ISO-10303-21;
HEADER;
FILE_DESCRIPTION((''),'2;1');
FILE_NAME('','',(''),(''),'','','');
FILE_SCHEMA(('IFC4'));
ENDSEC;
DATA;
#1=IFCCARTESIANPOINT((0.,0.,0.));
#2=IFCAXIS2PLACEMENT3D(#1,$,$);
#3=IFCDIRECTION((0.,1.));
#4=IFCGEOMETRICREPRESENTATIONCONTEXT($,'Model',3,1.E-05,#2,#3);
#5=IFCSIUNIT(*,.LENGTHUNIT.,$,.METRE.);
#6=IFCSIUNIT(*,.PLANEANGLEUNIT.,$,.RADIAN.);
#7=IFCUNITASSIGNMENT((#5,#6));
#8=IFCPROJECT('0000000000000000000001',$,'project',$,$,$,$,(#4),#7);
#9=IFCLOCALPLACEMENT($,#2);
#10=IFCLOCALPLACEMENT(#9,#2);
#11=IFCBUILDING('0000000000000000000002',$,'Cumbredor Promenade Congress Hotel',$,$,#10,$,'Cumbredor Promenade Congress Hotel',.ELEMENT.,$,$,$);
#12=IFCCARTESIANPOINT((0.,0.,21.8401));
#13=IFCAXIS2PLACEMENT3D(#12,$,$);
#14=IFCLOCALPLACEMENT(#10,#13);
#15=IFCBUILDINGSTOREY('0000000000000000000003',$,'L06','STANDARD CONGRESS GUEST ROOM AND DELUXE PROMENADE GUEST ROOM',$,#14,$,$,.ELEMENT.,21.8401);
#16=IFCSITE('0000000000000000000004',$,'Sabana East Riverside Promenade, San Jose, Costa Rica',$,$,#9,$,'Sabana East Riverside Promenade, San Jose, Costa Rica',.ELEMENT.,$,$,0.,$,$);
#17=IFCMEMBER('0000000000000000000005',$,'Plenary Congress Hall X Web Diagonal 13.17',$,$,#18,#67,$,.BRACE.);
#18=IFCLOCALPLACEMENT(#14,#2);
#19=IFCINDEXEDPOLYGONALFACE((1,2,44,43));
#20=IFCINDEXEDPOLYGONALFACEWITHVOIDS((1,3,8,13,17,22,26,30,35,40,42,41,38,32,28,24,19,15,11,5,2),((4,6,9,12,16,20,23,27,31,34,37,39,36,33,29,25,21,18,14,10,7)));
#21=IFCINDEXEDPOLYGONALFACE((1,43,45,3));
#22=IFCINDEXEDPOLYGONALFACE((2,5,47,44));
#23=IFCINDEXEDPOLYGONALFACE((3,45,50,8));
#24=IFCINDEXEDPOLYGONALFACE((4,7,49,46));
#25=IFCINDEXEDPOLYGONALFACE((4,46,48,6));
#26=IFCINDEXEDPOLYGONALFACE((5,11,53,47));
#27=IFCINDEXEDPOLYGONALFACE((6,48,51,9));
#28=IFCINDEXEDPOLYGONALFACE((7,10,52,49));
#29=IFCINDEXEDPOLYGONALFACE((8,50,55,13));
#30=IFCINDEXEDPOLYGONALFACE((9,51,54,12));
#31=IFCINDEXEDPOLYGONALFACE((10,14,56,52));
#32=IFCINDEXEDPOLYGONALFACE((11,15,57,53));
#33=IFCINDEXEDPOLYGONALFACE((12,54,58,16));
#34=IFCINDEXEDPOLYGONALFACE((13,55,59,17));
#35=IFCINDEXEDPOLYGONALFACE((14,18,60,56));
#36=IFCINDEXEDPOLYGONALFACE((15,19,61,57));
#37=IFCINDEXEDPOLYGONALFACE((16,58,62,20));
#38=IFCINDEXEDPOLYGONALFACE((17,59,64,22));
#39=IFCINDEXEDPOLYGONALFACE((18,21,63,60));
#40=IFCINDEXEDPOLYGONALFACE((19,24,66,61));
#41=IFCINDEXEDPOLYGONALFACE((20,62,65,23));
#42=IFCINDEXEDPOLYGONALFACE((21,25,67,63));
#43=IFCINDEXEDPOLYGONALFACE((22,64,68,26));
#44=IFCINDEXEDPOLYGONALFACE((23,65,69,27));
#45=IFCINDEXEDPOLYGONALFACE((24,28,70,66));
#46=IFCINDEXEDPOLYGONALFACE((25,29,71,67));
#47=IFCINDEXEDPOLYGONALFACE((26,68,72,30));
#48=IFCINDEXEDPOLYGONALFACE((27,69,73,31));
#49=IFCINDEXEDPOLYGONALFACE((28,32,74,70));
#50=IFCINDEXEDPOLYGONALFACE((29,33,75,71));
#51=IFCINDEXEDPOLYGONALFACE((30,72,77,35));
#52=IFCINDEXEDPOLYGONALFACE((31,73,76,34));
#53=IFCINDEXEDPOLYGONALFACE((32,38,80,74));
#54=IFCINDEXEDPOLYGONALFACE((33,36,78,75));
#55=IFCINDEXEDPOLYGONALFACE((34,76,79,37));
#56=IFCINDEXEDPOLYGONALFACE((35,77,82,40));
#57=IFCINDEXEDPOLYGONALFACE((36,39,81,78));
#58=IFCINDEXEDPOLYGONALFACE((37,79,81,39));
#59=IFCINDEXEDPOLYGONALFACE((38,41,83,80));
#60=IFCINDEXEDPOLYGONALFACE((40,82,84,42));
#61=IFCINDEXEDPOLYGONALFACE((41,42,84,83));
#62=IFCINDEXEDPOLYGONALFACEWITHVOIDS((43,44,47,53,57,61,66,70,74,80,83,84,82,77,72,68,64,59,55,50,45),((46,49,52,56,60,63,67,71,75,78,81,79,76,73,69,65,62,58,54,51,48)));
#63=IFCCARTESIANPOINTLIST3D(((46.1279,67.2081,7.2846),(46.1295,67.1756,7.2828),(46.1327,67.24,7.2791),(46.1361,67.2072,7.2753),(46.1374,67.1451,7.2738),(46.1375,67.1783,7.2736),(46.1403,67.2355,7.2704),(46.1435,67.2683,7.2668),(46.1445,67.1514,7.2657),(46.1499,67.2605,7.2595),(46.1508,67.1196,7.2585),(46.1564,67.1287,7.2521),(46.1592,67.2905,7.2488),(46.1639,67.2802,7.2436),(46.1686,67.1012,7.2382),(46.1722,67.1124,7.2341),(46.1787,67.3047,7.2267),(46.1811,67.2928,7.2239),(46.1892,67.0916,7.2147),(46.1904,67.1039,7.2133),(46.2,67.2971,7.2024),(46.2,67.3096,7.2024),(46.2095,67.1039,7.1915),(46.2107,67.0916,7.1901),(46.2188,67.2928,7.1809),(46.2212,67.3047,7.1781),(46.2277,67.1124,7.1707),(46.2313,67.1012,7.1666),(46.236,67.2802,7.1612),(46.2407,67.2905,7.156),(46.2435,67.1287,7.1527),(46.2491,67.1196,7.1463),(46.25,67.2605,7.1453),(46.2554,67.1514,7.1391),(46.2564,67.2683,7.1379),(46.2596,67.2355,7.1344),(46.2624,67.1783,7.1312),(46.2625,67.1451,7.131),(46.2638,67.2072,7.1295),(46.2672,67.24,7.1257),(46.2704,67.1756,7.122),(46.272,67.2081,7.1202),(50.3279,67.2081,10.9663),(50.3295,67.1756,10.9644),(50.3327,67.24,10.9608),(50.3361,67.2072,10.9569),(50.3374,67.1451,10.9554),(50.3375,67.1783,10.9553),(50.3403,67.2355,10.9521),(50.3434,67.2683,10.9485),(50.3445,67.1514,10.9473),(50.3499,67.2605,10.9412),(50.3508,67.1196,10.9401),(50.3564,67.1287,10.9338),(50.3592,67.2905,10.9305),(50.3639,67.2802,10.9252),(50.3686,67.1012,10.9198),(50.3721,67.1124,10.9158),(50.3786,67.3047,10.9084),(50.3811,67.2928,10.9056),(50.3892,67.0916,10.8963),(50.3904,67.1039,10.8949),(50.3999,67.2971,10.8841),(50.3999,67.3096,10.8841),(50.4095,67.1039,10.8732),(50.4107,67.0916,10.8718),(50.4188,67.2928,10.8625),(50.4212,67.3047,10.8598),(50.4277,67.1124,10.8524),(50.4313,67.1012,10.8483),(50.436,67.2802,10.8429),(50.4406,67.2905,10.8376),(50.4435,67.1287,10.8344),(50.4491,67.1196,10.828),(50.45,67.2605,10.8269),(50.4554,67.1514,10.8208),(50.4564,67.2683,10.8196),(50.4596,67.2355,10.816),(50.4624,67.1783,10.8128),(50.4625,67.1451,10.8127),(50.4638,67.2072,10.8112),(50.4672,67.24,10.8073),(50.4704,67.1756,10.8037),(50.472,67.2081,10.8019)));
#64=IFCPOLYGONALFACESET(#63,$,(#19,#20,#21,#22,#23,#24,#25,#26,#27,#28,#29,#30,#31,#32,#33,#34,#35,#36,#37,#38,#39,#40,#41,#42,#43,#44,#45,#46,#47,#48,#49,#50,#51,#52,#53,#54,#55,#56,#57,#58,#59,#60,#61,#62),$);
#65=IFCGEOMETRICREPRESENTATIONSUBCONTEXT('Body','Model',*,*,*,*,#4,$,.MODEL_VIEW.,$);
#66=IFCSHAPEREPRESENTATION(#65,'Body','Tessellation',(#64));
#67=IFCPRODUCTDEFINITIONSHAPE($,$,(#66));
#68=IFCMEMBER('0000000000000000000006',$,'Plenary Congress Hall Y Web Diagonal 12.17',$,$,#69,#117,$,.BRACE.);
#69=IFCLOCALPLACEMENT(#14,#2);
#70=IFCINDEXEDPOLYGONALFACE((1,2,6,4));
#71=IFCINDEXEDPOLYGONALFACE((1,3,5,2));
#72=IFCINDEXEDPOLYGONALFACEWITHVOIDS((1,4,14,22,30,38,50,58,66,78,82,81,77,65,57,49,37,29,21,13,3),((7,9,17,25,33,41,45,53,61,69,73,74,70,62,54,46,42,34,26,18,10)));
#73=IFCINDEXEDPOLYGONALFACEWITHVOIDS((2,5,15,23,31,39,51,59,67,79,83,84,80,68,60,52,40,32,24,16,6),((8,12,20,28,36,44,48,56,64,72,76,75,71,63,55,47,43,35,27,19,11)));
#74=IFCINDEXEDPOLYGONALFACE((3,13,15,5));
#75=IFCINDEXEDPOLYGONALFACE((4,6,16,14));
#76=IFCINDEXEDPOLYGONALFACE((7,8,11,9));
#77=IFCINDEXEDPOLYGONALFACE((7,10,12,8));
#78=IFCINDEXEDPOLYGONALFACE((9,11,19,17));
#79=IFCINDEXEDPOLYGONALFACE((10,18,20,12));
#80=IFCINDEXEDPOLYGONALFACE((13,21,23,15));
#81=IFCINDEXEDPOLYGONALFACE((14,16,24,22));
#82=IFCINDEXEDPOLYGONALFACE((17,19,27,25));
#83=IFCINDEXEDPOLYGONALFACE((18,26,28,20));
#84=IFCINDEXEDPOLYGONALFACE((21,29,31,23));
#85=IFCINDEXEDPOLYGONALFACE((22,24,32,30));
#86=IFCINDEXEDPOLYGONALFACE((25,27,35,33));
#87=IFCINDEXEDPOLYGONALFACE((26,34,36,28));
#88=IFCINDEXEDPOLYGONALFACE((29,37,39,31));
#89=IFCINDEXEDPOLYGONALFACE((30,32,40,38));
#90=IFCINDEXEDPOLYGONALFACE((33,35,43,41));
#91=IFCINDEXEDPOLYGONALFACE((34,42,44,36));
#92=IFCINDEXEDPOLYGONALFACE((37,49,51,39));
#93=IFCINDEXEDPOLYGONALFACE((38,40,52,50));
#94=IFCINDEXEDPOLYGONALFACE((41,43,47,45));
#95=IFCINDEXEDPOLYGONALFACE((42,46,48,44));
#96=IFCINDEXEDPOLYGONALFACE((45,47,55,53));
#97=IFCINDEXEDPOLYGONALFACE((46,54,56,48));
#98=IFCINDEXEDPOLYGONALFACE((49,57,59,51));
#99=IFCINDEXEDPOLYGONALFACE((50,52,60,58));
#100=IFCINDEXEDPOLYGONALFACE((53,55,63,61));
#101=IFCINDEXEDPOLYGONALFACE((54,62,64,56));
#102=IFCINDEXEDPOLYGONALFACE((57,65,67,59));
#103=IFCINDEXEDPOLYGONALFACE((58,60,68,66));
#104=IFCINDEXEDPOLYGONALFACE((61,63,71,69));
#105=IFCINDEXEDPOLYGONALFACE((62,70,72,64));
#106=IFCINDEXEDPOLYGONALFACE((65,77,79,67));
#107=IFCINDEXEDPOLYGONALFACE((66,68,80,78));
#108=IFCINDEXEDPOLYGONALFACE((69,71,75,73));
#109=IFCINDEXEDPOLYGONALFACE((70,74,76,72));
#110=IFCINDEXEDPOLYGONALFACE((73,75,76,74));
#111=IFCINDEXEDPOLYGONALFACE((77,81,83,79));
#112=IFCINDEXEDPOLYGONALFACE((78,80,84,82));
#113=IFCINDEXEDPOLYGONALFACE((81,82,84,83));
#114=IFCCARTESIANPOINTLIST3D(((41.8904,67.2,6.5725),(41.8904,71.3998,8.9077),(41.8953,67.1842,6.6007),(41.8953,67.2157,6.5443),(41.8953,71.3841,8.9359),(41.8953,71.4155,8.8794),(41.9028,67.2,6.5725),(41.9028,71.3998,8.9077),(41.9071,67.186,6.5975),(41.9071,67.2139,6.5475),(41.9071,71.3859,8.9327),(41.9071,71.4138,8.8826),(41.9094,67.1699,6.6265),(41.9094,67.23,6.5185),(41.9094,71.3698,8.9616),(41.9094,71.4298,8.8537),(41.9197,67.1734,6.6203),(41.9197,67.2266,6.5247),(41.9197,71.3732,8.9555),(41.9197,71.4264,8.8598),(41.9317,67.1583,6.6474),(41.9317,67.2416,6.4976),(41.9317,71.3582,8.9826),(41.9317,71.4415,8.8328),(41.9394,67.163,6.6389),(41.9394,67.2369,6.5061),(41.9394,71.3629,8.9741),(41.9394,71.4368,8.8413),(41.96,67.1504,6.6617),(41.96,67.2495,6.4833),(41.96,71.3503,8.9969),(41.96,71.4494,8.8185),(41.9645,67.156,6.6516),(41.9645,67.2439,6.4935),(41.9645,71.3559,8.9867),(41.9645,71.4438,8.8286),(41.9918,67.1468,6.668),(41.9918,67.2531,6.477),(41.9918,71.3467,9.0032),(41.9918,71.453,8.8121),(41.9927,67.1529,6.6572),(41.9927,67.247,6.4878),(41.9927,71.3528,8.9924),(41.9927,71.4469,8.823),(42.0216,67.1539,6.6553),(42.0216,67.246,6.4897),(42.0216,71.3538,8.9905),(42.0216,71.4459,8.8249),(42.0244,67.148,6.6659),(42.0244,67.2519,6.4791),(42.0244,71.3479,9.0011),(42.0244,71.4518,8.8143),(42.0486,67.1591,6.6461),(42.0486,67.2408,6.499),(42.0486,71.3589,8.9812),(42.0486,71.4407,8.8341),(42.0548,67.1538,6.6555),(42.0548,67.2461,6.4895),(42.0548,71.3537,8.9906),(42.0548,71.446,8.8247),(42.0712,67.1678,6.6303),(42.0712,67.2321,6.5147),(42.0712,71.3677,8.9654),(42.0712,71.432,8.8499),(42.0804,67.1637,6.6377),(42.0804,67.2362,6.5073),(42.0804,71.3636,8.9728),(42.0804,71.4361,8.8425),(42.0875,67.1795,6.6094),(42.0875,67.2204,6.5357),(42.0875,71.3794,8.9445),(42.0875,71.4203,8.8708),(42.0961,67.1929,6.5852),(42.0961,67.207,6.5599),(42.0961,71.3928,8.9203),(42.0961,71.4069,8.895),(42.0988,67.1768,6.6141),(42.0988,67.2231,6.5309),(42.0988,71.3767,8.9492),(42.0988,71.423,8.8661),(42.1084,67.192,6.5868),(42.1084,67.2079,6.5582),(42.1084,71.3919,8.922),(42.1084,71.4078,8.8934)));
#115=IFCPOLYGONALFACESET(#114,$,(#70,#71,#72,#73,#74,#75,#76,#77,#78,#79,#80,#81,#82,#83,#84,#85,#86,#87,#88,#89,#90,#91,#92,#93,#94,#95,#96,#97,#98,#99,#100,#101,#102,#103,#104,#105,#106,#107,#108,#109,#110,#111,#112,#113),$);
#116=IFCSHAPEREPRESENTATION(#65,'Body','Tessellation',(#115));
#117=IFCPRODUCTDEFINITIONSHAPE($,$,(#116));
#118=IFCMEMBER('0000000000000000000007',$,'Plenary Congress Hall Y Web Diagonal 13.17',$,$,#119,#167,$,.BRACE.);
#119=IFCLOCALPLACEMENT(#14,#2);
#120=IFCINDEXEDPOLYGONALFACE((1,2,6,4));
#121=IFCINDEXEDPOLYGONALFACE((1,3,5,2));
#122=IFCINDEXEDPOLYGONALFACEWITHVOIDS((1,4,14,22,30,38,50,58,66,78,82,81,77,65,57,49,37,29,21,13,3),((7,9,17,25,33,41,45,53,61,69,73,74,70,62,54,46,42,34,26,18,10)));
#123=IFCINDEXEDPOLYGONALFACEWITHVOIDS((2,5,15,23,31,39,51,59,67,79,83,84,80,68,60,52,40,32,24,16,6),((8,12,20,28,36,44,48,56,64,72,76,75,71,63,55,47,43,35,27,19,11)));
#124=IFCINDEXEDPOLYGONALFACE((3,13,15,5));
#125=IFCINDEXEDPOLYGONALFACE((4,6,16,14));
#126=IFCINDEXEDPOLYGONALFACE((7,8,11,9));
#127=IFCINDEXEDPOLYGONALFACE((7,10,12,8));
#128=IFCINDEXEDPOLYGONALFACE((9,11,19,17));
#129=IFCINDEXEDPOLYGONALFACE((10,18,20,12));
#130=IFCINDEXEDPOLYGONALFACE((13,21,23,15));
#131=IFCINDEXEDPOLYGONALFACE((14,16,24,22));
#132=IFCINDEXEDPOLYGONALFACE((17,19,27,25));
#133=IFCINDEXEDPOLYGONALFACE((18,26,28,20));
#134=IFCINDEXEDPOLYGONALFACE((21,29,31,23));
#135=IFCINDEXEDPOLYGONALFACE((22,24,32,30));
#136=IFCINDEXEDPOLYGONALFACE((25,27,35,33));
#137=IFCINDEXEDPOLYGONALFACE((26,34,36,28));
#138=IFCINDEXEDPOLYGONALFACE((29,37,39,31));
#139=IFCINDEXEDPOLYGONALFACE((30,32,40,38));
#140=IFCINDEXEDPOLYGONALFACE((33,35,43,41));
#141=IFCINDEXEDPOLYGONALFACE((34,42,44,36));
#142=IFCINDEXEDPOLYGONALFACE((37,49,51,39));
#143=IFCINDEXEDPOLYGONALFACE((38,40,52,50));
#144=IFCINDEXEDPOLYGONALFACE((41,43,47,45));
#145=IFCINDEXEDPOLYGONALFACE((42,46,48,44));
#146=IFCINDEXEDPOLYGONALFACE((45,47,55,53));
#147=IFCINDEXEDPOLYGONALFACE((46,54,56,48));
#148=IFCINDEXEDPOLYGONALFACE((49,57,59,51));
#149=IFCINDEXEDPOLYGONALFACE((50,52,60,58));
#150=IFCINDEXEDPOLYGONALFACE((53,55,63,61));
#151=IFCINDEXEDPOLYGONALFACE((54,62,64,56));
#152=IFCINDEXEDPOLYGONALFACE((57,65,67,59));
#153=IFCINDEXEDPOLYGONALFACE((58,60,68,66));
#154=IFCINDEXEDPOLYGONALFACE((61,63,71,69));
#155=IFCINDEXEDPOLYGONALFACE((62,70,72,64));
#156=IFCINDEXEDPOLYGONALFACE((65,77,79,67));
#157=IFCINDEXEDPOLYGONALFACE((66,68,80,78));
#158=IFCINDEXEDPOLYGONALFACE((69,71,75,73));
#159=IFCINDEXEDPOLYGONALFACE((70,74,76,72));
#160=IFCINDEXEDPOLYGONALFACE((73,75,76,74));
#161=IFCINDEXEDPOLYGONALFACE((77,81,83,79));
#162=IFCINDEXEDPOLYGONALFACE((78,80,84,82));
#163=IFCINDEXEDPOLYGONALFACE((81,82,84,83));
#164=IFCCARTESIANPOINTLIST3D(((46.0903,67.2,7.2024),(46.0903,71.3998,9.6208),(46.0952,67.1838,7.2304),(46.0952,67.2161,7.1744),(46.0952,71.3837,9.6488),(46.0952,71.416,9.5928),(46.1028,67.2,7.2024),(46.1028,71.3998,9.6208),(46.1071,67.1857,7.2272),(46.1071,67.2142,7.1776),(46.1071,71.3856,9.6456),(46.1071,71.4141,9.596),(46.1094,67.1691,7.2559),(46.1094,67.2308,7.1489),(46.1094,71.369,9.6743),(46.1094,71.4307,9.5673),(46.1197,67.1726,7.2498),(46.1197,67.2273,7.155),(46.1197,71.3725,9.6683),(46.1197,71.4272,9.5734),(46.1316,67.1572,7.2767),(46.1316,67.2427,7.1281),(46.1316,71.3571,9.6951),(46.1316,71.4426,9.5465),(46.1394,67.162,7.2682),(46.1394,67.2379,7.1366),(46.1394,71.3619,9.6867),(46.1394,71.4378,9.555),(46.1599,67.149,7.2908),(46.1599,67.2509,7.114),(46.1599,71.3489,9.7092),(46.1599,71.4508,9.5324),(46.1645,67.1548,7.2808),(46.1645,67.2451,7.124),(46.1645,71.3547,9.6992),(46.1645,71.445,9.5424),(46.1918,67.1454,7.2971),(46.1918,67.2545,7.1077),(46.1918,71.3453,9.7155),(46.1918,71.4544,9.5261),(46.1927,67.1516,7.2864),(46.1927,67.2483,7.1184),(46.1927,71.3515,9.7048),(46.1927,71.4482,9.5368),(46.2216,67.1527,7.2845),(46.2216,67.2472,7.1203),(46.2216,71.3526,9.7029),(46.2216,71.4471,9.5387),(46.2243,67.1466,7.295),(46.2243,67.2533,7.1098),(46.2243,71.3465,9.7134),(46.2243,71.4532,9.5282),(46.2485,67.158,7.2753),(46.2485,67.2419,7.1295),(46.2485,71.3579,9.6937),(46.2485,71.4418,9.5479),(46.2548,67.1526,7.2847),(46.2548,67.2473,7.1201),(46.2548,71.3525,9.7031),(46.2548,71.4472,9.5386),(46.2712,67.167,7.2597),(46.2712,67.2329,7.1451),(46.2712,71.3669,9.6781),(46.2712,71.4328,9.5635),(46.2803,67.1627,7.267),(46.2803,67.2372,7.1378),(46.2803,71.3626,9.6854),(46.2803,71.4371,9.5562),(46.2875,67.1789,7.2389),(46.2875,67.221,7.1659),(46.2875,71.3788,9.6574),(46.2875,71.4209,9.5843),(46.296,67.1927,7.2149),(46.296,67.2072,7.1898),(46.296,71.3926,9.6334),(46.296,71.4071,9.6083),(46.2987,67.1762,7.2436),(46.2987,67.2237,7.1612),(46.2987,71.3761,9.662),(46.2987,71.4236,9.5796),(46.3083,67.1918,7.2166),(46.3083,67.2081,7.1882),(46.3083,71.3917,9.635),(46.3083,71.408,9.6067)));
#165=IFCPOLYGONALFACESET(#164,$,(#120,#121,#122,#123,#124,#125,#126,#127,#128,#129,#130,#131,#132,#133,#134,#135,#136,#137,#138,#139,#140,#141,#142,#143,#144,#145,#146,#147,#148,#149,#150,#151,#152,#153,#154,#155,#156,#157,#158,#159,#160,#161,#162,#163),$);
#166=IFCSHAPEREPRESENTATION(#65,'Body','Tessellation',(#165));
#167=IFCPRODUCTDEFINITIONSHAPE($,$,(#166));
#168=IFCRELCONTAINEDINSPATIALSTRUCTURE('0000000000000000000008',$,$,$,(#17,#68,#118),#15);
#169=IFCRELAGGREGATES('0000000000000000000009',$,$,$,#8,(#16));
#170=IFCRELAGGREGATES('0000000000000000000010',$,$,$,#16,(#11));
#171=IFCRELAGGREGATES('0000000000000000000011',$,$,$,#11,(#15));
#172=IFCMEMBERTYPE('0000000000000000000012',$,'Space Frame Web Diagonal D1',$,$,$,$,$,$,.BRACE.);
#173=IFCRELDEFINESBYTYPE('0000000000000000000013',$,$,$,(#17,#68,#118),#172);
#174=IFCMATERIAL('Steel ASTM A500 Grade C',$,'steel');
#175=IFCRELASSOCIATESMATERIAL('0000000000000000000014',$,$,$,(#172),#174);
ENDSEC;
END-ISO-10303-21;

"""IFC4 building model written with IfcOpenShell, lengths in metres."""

from ifc_helpers import new_model, si_unit, direction, frame, origin, origin_2d, place, context, subcontext, project, spatial, hollow_circle, extrude, material, material_profile, profile_set, type_object, element, save


model = new_model("IFC4")

# Units and contexts
model_context = context("Model", 3, precision=1e-05, world=origin(), true_north=direction((0.0, 1.0)))
body_context = subcontext(model_context, "Body", "Model", "MODEL_VIEW")
ifc_project = project(units=[si_unit("LENGTHUNIT", "METRE"), si_unit("PLANEANGLEUNIT", "RADIAN")], contexts=[model_context])

# Site, building, storey
site_placement = place(None, origin())
site = spatial("IfcSite", under=ifc_project, at=site_placement, Name="Sabana East Riverside Promenade, San Jose, Costa Rica", LongName="Sabana East Riverside Promenade, San Jose, Costa Rica", CompositionType="ELEMENT", RefElevation=0.0)
building_placement = place(site_placement, origin())
building = spatial("IfcBuilding", under=site, at=building_placement, Name="Cumbredor Promenade Congress Hotel", LongName="Cumbredor Promenade Congress Hotel", CompositionType="ELEMENT")
storey_placement = place(building_placement, frame((0.0, 0.0, 21.8401)))
storey = spatial("IfcBuildingStorey", under=building, at=storey_placement, Name="L06", Description="STANDARD CONGRESS GUEST ROOM AND DELUXE PROMENADE GUEST ROOM", CompositionType="ELEMENT", Elevation=21.8401)

# Members
ifc_material_1 = material(Name="Steel ASTM A500 Grade C", Category="steel")
ifc_material_profile_1 = material_profile(ifc_material_1, hollow_circle(Radius=0.1096, WallThickness=0.0125, at=origin_2d()), Name="CHS 219.1x12.5")
ifc_profile_set_1 = profile_set([ifc_material_profile_1], Name="Steel ASTM A500 Grade C")
member_type_1 = type_object("IfcMemberType", Name="Space Frame Web Diagonal D1", PredefinedType="BRACE", material=ifc_profile_set_1)
member_1_placement = place(storey_placement, frame((46.2, 67.2, 7.2024), z_axis=(0.751983, 0.0, 0.659182), x_axis=(0.0, 1.0, 0.0)))
element("IfcMember", 1, at=member_1_placement, inside=storey, type_object=member_type_1, Name="Plenary Congress Hall X Web Diagonal 13.17", PredefinedType="BRACE", context=body_context, shape_type="SweptSolid", body=[
    extrude(hollow_circle(Radius=0.1096, WallThickness=0.0125, at=origin_2d()), origin(), (0.0, 0.0, 1.0), 5.5852),
])
member_2_placement = place(storey_placement, frame((42.0, 67.2, 6.5725), z_axis=(0.0, 0.873989, 0.485945), x_axis=(-1.0, 0.0, 0.0)))
element("IfcMember", 2, at=member_2_placement, inside=storey, type_object=member_type_1, Name="Plenary Congress Hall Y Web Diagonal 12.17", PredefinedType="BRACE", context=body_context, shape_type="SweptSolid", body=[
    extrude(hollow_circle(Radius=0.1096, WallThickness=0.0125, at=origin_2d()), origin(), (0.0, 0.0, 1.0), 4.8054),
])
member_3_placement = place(storey_placement, frame((46.2, 67.2, 7.2024), z_axis=(0.0, 0.866595, 0.499011), x_axis=(-1.0, 0.0, 0.0)))
element("IfcMember", 3, at=member_3_placement, inside=storey, type_object=member_type_1, Name="Plenary Congress Hall Y Web Diagonal 13.17", PredefinedType="BRACE", context=body_context, shape_type="SweptSolid", body=[
    extrude(hollow_circle(Radius=0.1096, WallThickness=0.0125, at=origin_2d()), origin(), (0.0, 0.0, 1.0), 4.8464),
])

save(model, "model.ifc")
